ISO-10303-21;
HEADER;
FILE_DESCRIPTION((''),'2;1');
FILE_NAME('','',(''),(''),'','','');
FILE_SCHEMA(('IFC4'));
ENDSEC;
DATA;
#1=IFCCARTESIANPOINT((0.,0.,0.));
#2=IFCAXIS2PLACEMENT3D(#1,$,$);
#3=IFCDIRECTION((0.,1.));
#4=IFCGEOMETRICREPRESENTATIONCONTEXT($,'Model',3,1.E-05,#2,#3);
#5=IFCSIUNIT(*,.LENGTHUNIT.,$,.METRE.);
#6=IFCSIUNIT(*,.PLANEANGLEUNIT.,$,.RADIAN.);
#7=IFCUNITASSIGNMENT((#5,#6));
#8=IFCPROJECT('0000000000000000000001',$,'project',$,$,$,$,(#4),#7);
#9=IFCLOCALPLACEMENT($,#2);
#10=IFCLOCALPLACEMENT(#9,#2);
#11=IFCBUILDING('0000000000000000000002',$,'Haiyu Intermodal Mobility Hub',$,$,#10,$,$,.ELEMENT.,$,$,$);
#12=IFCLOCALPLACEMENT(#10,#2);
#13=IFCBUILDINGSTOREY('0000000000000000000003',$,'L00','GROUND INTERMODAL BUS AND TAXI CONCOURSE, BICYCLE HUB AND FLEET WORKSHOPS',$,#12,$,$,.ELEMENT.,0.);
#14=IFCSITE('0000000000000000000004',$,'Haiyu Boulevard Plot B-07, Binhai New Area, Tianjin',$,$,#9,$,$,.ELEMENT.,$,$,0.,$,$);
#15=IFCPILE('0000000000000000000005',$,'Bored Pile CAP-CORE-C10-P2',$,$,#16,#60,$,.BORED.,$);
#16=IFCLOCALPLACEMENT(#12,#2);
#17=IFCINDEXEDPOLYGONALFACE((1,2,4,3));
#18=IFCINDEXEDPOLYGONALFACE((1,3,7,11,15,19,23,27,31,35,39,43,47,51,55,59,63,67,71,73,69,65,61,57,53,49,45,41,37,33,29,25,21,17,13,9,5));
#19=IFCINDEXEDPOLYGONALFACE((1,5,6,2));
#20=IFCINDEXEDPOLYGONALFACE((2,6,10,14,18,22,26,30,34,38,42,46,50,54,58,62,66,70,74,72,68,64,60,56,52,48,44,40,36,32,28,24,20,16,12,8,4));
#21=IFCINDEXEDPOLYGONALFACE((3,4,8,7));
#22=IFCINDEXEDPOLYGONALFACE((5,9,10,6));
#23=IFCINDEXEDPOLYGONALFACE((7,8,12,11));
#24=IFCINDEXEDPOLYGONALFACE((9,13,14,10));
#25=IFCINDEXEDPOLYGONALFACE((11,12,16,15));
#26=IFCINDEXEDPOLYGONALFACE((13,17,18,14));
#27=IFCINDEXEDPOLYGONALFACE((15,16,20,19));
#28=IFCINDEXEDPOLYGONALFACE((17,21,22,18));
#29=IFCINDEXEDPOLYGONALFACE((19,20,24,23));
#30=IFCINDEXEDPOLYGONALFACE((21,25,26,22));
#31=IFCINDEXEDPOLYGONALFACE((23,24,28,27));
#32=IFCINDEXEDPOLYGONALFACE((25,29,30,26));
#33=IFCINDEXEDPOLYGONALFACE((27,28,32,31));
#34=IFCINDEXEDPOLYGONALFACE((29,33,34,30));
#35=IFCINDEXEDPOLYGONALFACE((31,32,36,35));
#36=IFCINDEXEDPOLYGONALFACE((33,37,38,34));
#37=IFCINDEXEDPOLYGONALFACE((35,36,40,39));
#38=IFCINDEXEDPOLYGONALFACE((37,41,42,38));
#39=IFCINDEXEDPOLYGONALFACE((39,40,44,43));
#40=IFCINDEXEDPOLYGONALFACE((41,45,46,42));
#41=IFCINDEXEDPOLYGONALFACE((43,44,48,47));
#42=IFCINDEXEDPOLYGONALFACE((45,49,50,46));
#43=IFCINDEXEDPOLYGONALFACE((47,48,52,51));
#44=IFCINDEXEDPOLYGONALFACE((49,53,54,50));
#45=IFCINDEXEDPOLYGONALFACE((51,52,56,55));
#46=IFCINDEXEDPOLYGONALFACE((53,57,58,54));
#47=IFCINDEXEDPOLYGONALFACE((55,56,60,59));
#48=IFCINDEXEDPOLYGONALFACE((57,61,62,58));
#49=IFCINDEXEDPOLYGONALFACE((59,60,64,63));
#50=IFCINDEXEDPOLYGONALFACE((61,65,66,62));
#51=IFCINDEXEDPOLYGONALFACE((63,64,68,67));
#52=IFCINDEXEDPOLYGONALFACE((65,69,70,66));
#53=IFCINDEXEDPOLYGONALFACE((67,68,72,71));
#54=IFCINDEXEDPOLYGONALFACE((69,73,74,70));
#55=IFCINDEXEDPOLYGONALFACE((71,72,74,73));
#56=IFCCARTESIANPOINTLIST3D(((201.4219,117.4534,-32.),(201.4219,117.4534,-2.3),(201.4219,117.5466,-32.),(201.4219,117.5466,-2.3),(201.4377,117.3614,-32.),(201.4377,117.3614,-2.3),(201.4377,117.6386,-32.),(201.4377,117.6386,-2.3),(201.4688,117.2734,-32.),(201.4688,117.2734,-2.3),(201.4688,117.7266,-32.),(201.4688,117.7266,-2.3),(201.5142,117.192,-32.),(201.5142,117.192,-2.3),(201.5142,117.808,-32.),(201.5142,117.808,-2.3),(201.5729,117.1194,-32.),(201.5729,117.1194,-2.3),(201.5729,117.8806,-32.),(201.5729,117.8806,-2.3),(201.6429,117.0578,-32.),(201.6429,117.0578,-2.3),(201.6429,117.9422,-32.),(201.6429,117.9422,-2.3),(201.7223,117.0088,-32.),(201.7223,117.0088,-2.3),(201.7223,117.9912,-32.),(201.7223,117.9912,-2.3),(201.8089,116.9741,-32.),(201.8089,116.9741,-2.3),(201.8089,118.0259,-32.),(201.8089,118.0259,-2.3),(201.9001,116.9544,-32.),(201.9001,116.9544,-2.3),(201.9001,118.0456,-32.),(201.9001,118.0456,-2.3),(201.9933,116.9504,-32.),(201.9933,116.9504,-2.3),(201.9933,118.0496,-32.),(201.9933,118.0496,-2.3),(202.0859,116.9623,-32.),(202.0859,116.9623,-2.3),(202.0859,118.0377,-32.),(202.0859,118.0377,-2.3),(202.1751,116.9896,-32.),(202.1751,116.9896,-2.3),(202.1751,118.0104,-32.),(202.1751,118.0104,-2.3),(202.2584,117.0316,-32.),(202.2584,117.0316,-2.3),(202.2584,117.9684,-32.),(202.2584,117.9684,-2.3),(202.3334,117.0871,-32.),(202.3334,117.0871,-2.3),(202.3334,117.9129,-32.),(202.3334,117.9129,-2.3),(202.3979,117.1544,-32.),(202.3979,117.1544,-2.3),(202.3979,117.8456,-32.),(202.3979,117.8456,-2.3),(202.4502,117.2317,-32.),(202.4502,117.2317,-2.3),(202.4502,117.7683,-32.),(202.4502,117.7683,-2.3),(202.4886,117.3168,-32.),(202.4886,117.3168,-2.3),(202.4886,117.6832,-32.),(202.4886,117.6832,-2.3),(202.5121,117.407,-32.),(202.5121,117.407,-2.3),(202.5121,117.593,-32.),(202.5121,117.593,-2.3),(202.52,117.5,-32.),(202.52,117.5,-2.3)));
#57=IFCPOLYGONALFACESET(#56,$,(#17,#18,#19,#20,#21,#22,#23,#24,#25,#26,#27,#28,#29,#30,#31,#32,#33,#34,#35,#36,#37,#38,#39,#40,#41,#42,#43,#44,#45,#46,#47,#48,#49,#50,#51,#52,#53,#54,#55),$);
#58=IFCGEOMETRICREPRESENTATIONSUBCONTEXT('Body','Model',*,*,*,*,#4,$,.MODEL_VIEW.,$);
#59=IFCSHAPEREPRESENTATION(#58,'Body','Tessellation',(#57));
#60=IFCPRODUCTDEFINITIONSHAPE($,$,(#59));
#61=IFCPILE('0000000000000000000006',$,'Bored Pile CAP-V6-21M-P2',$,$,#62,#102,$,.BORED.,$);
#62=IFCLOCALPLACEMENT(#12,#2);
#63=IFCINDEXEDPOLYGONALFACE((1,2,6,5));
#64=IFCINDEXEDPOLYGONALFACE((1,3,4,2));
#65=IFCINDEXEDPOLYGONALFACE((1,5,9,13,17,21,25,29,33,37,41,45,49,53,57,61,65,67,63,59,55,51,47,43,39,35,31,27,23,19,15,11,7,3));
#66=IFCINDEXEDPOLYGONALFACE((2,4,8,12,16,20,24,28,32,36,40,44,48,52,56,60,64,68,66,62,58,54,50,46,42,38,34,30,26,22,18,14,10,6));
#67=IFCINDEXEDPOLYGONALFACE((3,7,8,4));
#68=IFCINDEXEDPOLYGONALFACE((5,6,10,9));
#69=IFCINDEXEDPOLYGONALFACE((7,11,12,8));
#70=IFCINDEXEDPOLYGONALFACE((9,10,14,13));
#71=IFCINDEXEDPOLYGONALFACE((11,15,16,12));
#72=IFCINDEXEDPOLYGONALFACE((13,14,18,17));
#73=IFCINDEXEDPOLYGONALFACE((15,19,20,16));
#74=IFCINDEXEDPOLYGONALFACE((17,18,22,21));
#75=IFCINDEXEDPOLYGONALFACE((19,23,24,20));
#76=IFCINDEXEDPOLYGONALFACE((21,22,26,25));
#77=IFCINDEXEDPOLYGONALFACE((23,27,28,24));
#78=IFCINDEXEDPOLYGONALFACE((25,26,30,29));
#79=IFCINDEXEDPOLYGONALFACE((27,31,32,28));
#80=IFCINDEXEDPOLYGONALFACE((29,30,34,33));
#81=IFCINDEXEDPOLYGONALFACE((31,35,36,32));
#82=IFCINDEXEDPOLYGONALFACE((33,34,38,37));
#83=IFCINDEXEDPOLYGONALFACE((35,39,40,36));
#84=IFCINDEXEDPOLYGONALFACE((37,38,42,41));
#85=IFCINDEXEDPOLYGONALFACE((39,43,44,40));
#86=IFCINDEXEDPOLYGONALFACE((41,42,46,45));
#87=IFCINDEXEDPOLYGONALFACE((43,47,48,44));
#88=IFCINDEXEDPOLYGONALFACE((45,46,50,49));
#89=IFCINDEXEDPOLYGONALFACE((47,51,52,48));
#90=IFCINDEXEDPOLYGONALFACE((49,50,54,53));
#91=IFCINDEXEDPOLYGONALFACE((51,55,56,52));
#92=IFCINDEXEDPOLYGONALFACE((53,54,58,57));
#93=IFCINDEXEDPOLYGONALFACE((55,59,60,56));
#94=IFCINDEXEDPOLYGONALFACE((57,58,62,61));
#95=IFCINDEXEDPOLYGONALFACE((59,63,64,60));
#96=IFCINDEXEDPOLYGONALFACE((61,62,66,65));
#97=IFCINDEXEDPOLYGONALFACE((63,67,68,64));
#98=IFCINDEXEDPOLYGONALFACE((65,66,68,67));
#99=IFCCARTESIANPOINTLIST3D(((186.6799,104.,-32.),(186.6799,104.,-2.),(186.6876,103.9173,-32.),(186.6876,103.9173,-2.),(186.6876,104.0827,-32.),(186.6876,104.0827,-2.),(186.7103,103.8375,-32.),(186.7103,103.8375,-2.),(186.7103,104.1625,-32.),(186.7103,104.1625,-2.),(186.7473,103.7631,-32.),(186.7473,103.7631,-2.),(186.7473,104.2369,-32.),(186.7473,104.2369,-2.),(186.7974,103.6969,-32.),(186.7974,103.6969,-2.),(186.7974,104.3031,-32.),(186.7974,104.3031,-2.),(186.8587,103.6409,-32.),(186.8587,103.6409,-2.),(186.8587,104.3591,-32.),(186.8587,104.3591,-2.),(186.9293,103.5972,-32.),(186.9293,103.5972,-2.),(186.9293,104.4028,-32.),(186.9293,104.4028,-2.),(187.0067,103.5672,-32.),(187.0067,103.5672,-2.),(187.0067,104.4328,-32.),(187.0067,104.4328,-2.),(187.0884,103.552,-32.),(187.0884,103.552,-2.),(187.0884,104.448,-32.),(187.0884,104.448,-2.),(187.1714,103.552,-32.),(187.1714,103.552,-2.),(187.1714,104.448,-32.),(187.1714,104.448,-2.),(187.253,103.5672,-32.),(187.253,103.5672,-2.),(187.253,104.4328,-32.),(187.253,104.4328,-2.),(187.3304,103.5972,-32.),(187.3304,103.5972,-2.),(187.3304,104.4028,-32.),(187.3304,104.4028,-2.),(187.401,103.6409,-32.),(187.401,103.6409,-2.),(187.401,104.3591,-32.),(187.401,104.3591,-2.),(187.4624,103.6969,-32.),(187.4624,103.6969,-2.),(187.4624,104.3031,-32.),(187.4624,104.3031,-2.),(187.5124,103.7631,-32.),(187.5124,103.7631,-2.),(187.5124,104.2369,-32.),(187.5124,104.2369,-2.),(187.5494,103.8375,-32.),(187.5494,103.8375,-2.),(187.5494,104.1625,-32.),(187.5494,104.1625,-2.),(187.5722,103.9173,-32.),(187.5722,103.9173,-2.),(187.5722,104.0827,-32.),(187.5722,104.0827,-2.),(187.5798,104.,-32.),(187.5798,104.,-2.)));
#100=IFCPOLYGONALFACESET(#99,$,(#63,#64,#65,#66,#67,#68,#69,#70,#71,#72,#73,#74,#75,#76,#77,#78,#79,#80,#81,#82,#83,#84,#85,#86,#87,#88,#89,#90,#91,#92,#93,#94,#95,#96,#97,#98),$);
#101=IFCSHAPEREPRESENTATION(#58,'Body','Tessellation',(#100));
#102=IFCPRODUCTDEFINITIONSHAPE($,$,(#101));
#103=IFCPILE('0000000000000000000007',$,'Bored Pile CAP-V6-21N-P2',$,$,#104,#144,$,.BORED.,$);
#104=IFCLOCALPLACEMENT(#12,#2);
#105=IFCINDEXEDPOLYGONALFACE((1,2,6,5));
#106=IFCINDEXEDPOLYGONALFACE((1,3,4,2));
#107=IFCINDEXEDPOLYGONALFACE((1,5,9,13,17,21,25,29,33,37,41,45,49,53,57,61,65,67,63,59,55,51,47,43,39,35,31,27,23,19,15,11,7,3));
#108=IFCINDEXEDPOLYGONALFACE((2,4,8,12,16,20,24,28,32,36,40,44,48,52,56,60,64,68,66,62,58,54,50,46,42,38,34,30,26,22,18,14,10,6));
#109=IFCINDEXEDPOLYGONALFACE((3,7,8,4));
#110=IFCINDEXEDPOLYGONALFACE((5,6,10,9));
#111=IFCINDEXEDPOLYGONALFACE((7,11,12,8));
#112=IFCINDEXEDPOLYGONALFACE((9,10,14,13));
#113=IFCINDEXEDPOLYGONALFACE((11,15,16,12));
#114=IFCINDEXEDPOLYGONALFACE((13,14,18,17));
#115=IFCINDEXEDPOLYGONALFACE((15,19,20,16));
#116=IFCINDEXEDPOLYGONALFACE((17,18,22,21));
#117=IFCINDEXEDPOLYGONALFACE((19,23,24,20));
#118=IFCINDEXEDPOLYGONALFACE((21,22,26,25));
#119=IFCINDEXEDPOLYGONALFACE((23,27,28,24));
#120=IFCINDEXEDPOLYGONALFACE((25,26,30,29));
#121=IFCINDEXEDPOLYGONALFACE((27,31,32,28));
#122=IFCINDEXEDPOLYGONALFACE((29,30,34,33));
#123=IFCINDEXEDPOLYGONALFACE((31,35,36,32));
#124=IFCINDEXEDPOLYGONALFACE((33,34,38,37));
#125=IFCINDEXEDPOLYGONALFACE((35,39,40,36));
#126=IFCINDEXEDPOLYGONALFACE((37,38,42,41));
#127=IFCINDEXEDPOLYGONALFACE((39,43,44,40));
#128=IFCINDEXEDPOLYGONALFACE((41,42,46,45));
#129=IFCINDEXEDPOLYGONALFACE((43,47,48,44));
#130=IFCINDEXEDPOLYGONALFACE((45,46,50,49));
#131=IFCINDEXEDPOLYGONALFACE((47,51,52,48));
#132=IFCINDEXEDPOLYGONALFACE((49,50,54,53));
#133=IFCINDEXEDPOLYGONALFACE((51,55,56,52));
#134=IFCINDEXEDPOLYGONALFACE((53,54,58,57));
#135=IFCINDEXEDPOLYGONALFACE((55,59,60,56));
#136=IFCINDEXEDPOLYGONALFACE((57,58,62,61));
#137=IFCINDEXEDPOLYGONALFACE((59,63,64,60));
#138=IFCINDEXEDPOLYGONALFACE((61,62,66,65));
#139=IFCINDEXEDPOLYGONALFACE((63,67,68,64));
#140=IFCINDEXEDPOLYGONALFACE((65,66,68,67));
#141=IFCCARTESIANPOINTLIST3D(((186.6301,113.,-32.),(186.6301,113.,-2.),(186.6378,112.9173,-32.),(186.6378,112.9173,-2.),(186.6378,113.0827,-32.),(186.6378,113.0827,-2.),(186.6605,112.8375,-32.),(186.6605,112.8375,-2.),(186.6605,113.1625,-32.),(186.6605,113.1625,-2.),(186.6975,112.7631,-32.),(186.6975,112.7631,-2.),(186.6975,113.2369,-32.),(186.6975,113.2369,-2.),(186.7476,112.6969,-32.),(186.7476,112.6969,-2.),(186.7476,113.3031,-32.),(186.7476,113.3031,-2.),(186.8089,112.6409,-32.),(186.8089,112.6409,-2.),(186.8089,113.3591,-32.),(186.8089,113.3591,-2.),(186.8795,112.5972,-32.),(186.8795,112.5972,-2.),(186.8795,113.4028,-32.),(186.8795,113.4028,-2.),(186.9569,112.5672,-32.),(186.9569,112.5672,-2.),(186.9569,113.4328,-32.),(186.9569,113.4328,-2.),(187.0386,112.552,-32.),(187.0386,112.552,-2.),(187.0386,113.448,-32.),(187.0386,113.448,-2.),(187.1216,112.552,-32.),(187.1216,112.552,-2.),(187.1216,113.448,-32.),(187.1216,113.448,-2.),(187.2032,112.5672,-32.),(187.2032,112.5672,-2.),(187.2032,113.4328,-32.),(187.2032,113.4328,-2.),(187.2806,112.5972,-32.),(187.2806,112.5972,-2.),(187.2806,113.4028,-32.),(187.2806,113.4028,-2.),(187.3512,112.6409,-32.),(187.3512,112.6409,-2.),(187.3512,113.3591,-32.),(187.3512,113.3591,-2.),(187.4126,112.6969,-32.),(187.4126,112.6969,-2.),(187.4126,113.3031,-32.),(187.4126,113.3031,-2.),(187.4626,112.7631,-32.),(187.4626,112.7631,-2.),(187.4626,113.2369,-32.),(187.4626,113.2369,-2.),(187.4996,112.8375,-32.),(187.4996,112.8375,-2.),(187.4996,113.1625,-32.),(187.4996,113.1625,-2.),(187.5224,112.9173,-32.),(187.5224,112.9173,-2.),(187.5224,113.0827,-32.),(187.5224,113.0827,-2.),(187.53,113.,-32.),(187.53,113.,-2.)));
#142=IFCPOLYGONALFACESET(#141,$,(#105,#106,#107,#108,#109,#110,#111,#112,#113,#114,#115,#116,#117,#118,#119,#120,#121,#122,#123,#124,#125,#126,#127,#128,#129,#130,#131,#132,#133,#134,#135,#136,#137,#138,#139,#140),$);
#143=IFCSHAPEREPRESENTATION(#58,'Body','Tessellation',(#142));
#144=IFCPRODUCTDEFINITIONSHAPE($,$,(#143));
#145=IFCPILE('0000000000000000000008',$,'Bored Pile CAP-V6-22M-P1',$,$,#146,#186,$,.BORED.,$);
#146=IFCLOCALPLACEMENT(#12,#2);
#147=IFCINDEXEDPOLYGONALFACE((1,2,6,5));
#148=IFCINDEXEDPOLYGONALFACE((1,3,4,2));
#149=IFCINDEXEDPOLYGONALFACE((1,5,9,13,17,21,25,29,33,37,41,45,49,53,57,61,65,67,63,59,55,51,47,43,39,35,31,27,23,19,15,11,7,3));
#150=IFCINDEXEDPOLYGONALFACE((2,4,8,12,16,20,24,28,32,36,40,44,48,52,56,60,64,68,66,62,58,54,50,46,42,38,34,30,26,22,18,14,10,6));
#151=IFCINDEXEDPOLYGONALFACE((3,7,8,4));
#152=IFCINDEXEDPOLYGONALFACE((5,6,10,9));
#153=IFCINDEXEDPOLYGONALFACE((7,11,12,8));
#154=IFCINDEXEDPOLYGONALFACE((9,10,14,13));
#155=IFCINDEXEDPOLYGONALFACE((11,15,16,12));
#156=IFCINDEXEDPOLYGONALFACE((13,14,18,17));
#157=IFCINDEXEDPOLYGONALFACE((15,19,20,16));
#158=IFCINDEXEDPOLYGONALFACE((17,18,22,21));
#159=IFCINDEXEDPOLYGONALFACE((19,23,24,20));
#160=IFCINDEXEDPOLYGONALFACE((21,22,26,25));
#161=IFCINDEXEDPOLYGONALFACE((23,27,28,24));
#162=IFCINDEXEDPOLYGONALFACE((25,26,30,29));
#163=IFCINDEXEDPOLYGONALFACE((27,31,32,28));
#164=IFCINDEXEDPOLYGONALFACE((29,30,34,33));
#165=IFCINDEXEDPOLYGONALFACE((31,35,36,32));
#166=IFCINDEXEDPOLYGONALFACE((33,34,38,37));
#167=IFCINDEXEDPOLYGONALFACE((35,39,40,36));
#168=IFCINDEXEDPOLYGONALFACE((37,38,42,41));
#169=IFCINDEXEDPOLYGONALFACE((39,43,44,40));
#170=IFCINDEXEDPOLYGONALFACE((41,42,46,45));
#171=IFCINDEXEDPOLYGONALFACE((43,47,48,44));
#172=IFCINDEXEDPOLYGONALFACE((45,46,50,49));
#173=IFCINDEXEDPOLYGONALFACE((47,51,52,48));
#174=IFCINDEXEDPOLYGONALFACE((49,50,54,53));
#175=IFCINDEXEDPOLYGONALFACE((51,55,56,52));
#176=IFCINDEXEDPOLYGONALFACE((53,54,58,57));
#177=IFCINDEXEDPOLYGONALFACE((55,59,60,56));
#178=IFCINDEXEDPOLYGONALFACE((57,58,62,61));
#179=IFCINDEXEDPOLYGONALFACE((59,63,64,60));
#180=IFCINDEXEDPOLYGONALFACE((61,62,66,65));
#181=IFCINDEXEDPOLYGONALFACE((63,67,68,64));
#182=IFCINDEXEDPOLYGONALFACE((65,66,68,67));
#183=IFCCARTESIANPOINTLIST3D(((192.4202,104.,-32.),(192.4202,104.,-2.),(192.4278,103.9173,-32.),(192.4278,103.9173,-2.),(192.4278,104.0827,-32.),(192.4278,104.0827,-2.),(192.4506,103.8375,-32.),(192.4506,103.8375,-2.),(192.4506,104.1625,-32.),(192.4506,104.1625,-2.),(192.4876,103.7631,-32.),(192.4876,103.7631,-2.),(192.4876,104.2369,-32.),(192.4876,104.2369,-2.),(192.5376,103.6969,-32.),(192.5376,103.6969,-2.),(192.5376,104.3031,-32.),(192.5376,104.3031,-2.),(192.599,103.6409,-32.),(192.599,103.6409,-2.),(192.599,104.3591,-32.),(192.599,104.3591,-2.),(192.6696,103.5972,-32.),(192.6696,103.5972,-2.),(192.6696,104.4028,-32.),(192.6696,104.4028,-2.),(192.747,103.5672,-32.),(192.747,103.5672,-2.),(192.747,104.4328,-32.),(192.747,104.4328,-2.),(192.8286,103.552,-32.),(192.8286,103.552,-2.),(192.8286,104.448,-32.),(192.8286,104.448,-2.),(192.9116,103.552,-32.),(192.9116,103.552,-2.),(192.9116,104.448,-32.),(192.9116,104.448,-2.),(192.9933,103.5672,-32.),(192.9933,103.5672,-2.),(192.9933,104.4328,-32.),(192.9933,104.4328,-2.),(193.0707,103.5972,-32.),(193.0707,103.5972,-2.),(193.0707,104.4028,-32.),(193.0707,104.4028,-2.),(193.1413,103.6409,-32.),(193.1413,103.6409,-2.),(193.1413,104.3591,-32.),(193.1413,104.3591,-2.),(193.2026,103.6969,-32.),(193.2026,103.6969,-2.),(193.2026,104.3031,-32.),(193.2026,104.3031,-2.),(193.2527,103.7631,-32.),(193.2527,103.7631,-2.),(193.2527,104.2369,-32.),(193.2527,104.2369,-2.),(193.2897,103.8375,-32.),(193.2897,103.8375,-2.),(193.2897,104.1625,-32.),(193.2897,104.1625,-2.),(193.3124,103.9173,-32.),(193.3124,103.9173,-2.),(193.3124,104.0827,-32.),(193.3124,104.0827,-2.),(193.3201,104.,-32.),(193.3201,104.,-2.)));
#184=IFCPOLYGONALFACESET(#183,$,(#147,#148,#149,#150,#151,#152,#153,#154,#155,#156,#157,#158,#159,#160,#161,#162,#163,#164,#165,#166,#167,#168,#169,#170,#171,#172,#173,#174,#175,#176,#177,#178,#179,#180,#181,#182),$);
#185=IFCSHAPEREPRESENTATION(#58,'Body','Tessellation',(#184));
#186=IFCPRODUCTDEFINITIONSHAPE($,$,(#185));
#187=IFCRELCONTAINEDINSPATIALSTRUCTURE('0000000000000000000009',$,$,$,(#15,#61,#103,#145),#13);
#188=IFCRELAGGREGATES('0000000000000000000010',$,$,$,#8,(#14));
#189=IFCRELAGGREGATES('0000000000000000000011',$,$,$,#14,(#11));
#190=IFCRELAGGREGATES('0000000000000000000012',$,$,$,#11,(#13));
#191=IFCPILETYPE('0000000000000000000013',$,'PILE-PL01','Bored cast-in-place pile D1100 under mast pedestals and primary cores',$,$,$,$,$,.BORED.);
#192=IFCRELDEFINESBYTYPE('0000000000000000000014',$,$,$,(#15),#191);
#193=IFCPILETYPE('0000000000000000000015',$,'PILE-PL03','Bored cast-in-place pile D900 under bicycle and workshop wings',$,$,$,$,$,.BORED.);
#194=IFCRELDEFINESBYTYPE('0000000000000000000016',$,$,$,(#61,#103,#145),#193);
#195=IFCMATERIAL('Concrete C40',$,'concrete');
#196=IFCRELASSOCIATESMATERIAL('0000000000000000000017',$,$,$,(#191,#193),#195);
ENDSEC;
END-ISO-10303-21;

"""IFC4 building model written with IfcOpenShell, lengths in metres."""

from ifc_helpers import new_model, si_unit, direction, frame, origin, origin_2d, place, context, subcontext, project, spatial, circle, extrude, material, material_profile, profile_set, type_object, element, save


model = new_model("IFC4")

# Units and contexts
model_context = context("Model", 3, precision=1e-05, world=origin(), true_north=direction((0.0, 1.0)))
body_context = subcontext(model_context, "Body", "Model", "MODEL_VIEW")
ifc_project = project(units=[si_unit("LENGTHUNIT", "METRE"), si_unit("PLANEANGLEUNIT", "RADIAN")], contexts=[model_context])

# Site, building, storey
site_placement = place(None, origin())
site = spatial("IfcSite", under=ifc_project, at=site_placement, Name="Haiyu Boulevard Plot B-07, Binhai New Area, Tianjin", CompositionType="ELEMENT", RefElevation=0.0)
building_placement = place(site_placement, origin())
building = spatial("IfcBuilding", under=site, at=building_placement, Name="Haiyu Intermodal Mobility Hub", CompositionType="ELEMENT")
storey_placement = place(building_placement, origin())
storey = spatial("IfcBuildingStorey", under=building, at=storey_placement, Name="L00", Description="GROUND INTERMODAL BUS AND TAXI CONCOURSE, BICYCLE HUB AND FLEET WORKSHOPS", CompositionType="ELEMENT", Elevation=0.0)

# Shared definitions
ifc_material_1 = material(Name="Concrete C40", Category="concrete")

# Piles
ifc_material_profile_1 = material_profile(ifc_material_1, circle(Radius=0.55, at=origin_2d()), Name="PILE-D1100")
ifc_profile_set_1 = profile_set([ifc_material_profile_1], Name="Concrete C40")
pile_type_1 = type_object("IfcPileType", Name="PILE-PL01", Description="Bored cast-in-place pile D1100 under mast pedestals and primary cores", PredefinedType="BORED", material=ifc_profile_set_1)
for number, where, z_axis, x_axis, name in (
    (1, (201.97, 117.5, -2.3), (0.0, 0.0, -1.0), (1.0, 0.0, 0.0), "Bored Pile CAP-CORE-C10-P2"),
):
    element("IfcPile", number, at=place(storey_placement, frame(where, z_axis=z_axis, x_axis=x_axis)), inside=storey, type_object=pile_type_1, Name=name, PredefinedType="BORED", context=body_context, shape_type="SweptSolid", body=[
        extrude(circle(Radius=0.55, at=origin_2d()), origin(), (0.0, 0.0, 1.0), 29.7),
    ])
ifc_material_profile_2 = material_profile(ifc_material_1, circle(Radius=0.45, at=origin_2d()), Name="PILE-D900")
ifc_profile_set_2 = profile_set([ifc_material_profile_2], Name="Concrete C40")
pile_type_2 = type_object("IfcPileType", Name="PILE-PL03", Description="Bored cast-in-place pile D900 under bicycle and workshop wings", PredefinedType="BORED", material=ifc_profile_set_2)
for number, where, z_axis, x_axis, name in (
    (2, (187.1299, 104.0, -2.0), (0.0, 0.0, -1.0), (1.0, 0.0, 0.0), "Bored Pile CAP-V6-21M-P2"),
    (3, (187.0801, 113.0, -2.0), (0.0, 0.0, -1.0), (1.0, 0.0, 0.0), "Bored Pile CAP-V6-21N-P2"),
    (4, (192.8701, 104.0, -2.0), (0.0, 0.0, -1.0), (1.0, 0.0, 0.0), "Bored Pile CAP-V6-22M-P1"),
):
    element("IfcPile", number, at=place(storey_placement, frame(where, z_axis=z_axis, x_axis=x_axis)), inside=storey, type_object=pile_type_2, Name=name, PredefinedType="BORED", context=body_context, shape_type="SweptSolid", body=[
        extrude(circle(Radius=0.45, at=origin_2d()), origin(), (0.0, 0.0, 1.0), 30.0),
    ])

save(model, "model.ifc")
